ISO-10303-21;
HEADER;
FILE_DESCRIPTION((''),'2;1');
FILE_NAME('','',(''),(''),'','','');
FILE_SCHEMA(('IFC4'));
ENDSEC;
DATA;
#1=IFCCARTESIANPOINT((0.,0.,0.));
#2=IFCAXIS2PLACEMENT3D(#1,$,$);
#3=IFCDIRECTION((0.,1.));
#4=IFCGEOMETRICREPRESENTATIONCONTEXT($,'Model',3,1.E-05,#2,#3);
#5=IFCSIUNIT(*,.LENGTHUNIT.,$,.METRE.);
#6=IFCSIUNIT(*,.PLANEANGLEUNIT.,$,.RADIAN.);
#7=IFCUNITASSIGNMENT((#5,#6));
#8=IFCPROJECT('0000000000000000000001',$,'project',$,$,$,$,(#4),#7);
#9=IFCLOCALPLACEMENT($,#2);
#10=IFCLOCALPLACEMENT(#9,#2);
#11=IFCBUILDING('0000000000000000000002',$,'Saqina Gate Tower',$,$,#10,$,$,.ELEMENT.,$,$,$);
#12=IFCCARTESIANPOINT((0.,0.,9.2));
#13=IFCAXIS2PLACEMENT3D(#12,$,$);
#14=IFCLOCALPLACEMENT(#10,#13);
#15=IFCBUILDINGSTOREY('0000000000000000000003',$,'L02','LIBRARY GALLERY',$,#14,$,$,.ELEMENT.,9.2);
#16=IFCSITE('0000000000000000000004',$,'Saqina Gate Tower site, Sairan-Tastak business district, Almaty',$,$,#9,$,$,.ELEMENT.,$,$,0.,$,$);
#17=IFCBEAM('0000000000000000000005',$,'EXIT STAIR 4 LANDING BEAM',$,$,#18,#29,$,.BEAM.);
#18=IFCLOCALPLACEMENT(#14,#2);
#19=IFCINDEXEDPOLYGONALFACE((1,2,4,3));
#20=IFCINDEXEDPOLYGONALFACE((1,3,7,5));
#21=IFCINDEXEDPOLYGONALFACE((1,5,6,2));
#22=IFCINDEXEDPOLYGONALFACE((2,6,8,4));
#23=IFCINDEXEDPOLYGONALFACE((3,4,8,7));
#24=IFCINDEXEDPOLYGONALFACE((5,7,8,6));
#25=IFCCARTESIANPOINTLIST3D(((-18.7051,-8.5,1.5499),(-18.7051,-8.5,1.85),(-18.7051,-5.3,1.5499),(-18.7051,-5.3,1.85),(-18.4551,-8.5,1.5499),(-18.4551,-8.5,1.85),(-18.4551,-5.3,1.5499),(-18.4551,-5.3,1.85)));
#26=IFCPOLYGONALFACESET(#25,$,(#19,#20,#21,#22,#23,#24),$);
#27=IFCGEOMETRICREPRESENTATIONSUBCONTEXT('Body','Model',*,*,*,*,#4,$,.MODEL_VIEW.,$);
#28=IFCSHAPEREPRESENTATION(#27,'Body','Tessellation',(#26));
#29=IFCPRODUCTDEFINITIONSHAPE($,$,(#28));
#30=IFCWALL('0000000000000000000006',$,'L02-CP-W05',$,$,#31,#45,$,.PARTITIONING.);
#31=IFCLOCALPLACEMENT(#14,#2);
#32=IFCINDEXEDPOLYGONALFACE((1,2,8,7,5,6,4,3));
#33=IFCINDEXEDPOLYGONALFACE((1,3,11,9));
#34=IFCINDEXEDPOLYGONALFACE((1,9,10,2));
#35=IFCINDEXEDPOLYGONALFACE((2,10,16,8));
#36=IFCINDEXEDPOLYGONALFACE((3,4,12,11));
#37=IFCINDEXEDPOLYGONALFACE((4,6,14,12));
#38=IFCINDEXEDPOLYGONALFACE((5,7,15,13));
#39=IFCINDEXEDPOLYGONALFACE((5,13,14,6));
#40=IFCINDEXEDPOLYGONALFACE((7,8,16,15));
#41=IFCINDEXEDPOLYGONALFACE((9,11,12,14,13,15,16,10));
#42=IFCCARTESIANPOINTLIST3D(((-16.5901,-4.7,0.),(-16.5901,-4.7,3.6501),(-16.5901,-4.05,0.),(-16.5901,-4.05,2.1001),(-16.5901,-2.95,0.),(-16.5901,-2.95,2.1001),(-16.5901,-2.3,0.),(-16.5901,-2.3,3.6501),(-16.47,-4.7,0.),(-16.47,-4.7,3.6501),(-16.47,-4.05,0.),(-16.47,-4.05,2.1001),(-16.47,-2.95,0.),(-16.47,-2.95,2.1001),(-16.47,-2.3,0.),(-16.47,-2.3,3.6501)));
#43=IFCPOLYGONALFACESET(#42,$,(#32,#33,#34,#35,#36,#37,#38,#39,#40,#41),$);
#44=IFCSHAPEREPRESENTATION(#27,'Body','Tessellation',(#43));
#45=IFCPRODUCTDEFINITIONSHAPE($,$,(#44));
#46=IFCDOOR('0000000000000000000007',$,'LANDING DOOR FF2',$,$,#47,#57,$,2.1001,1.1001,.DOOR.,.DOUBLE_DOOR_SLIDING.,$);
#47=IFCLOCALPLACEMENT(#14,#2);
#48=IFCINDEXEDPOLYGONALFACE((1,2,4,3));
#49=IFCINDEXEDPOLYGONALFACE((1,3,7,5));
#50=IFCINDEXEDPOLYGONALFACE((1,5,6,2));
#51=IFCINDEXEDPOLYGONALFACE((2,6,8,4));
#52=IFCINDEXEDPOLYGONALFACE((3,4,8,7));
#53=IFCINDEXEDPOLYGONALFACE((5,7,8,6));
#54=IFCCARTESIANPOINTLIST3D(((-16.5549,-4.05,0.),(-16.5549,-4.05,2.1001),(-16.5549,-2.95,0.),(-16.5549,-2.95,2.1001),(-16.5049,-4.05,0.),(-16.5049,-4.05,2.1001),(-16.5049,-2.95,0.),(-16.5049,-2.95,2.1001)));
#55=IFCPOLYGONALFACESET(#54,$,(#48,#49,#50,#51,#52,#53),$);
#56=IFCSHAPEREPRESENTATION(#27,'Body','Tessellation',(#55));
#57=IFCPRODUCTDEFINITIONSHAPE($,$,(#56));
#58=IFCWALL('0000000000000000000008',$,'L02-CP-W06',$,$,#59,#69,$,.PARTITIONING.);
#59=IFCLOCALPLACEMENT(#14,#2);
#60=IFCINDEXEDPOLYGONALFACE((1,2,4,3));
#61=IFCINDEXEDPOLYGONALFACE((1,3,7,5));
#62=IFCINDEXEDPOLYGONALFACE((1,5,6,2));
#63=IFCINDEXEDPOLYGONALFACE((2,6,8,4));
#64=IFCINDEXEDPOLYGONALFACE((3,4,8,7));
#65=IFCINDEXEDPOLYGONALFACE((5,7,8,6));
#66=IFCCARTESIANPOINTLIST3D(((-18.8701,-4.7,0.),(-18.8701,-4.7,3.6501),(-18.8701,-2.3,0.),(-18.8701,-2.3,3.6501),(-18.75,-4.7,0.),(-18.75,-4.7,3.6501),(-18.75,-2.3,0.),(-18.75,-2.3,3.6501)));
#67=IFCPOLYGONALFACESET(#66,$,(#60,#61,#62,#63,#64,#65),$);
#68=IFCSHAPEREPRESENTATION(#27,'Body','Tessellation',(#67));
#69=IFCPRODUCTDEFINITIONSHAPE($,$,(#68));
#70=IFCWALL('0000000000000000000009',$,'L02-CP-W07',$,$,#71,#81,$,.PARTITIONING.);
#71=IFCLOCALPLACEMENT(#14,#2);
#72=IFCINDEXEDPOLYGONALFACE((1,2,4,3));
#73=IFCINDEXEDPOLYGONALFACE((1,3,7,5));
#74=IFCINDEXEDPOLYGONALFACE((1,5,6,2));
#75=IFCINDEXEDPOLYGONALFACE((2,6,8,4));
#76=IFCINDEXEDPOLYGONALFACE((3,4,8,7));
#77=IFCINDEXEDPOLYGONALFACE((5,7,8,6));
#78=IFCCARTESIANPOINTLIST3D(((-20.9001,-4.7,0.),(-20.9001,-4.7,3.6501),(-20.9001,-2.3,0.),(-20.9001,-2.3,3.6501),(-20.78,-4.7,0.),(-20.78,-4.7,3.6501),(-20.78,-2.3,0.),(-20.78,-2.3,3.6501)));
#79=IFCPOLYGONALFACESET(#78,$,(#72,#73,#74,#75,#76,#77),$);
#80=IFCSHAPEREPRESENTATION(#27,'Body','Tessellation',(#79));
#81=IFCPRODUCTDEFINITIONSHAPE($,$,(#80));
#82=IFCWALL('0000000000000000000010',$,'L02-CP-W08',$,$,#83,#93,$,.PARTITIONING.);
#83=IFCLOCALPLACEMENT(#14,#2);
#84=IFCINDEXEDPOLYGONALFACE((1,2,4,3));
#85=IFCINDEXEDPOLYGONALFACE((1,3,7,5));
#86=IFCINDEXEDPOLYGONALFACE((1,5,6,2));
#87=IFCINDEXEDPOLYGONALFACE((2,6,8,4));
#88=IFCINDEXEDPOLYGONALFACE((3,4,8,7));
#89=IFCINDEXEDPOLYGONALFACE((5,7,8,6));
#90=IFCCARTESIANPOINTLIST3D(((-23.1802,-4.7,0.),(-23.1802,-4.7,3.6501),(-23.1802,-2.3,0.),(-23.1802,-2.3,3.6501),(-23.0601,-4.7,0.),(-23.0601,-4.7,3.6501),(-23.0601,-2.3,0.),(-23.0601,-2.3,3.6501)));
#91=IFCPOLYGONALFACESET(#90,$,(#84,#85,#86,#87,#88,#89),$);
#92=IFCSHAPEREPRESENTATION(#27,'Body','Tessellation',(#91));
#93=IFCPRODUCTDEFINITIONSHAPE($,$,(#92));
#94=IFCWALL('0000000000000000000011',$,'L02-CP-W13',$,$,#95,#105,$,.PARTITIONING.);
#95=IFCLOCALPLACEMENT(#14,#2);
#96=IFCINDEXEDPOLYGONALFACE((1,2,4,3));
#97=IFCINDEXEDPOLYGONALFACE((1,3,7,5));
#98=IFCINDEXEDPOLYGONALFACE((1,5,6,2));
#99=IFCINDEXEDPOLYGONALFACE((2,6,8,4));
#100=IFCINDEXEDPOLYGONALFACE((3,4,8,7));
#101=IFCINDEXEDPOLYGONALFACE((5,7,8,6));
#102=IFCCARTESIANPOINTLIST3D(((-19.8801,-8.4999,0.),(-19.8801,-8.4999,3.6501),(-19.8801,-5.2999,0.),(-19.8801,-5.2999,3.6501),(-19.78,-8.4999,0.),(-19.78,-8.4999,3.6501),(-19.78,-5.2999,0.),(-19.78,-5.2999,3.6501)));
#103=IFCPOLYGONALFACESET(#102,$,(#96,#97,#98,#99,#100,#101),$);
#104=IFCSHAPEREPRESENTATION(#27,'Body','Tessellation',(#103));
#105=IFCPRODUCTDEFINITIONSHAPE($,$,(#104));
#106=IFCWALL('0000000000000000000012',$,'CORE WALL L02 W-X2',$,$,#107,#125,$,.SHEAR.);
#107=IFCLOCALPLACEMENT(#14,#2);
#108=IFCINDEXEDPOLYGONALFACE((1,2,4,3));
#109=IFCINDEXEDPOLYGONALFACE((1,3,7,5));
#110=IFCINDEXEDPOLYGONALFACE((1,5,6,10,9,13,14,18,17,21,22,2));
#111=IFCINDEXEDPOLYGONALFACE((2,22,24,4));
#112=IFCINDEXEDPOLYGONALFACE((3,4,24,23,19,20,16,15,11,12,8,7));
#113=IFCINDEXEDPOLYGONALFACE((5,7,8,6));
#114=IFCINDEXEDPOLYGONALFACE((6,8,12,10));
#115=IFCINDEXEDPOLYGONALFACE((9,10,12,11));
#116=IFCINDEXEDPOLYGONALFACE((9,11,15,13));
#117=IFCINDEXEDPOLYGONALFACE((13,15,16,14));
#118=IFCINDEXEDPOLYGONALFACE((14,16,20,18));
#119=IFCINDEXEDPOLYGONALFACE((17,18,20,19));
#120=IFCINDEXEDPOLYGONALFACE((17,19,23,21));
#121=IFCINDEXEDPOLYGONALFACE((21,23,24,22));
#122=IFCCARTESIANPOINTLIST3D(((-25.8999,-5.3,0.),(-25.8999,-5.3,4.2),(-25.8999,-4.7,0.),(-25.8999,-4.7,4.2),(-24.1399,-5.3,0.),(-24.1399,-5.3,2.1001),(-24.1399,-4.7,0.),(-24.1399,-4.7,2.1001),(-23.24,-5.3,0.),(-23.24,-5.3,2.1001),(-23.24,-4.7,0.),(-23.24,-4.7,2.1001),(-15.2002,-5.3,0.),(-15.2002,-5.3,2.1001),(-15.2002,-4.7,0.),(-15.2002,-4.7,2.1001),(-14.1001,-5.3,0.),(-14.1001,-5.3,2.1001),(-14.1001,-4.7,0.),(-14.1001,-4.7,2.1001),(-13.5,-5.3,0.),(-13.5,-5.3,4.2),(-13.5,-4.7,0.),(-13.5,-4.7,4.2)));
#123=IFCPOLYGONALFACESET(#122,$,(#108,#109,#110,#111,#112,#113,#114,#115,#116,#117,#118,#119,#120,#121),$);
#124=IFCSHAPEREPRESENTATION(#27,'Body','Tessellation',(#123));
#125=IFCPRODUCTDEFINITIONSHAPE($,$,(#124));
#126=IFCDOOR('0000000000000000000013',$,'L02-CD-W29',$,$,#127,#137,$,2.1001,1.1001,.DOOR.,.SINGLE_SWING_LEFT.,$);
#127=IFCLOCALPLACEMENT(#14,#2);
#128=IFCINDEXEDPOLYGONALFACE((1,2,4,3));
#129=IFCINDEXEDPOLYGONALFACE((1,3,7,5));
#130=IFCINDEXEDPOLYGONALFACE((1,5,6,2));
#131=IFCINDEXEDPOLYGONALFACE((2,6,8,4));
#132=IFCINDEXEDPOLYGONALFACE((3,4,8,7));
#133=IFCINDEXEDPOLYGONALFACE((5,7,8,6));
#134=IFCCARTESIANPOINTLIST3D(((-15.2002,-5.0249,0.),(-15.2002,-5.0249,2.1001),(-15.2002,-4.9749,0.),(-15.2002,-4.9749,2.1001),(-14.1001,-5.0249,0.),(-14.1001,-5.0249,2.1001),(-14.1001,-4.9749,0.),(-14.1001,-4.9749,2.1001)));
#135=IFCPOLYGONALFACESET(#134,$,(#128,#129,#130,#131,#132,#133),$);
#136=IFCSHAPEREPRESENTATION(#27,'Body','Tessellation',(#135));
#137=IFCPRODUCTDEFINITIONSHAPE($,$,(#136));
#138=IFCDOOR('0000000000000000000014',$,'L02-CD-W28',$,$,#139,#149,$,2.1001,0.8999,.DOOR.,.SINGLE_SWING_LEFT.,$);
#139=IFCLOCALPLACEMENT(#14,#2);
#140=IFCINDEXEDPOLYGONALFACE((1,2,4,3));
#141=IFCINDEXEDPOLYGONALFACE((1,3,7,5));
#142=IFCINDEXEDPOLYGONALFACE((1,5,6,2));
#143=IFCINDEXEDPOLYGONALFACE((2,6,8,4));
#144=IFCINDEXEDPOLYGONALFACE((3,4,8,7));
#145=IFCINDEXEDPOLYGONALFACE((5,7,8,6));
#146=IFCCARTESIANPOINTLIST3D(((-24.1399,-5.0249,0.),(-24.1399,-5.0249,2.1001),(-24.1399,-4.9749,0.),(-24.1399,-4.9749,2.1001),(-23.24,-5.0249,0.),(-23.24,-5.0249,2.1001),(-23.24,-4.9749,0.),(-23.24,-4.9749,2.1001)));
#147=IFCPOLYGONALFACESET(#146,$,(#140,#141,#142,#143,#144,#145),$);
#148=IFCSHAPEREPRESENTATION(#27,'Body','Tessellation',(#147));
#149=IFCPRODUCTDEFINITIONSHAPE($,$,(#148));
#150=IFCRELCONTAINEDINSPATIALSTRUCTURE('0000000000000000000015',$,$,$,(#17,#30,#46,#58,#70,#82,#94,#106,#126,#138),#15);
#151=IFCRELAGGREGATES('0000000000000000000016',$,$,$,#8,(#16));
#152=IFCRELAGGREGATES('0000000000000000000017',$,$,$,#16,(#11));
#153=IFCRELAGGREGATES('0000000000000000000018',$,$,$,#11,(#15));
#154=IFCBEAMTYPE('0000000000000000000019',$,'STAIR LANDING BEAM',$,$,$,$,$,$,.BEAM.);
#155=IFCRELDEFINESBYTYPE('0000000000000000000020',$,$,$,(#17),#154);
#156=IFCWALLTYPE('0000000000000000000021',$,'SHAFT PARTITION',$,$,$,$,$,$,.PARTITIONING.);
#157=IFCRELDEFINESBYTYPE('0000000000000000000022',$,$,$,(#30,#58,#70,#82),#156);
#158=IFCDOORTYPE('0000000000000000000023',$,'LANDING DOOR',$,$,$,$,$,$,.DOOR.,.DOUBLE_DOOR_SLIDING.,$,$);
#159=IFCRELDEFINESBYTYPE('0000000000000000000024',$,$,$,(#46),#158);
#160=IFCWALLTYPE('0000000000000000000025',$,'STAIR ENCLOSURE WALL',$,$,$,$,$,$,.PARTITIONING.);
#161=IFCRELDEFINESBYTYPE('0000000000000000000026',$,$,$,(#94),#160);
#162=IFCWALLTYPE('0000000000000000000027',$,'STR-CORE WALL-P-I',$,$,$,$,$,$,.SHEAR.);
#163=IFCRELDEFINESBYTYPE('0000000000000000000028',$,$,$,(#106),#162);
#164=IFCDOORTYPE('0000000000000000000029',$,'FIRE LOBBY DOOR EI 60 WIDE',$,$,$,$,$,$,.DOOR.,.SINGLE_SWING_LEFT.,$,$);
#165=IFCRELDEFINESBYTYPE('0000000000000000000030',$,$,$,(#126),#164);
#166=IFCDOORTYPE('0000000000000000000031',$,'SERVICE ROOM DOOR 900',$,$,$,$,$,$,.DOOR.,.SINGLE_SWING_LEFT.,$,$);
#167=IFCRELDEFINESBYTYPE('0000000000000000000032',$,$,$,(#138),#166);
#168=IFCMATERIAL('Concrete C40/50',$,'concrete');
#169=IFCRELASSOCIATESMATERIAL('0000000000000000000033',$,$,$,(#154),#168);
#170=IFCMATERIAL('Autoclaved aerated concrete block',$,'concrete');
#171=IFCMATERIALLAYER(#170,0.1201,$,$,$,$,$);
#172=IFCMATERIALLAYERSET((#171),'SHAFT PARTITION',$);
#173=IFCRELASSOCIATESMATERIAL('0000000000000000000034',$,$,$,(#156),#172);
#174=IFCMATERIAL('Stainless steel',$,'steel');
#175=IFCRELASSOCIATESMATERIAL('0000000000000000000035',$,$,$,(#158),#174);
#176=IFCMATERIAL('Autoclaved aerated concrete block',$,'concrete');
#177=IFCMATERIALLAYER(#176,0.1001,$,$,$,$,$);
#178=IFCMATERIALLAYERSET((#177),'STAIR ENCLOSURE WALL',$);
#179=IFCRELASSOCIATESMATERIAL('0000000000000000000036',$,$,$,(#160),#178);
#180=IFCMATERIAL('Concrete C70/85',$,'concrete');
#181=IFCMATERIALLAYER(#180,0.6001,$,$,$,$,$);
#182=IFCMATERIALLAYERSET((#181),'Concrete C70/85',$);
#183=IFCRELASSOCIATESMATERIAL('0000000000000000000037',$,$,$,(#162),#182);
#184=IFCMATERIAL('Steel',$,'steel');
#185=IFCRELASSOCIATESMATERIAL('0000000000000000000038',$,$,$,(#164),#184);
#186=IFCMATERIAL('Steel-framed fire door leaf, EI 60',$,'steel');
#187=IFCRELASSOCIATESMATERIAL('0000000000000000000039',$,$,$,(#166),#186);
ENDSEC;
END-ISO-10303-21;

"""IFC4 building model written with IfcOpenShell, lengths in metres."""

from ifc_helpers import new_model, si_unit, direction, frame, frame_2d, origin, origin_2d, place, context, subcontext, project, spatial, rectangle, extrude, material, layer, layer_set, material_profile, profile_set, type_object, element, fill, save


model = new_model("IFC4")

# Units and contexts
model_context = context("Model", 3, precision=1e-05, world=origin(), true_north=direction((0.0, 1.0)))
body_context = subcontext(model_context, "Body", "Model", "MODEL_VIEW")
ifc_project = project(units=[si_unit("LENGTHUNIT", "METRE"), si_unit("PLANEANGLEUNIT", "RADIAN")], contexts=[model_context])

# Site, building, storey
site_placement = place(None, origin())
site = spatial("IfcSite", under=ifc_project, at=site_placement, Name="Saqina Gate Tower site, Sairan-Tastak business district, Almaty", CompositionType="ELEMENT", RefElevation=0.0)
building_placement = place(site_placement, origin())
building = spatial("IfcBuilding", under=site, at=building_placement, Name="Saqina Gate Tower", CompositionType="ELEMENT")
storey_placement = place(building_placement, frame((0.0, 0.0, 9.2)))
storey = spatial("IfcBuildingStorey", under=building, at=storey_placement, Name="L02", Description="LIBRARY GALLERY", CompositionType="ELEMENT", Elevation=9.2)

# Beam
ifc_material_1 = material(Name="Concrete C40/50", Category="concrete")
ifc_material_profile = material_profile(ifc_material_1, rectangle(XDim=0.25, YDim=0.3, at=origin_2d()), Name="STAIR LANDING BEAM")
ifc_profile_set = profile_set([ifc_material_profile], Name="Concrete C40/50")
beam_type = type_object("IfcBeamType", Name="STAIR LANDING BEAM", PredefinedType="BEAM", material=ifc_profile_set)
beam_placement = place(storey_placement, frame((-18.5801, -8.5, 1.7), z_axis=(0.0, 1.0, 0.0), x_axis=(-1.0, 0.0, 0.0)))
element("IfcBeam", 1, at=beam_placement, inside=storey, type_object=beam_type, Name="EXIT STAIR 4 LANDING BEAM", PredefinedType="BEAM", context=body_context, shape_type="SweptSolid", body=[
    extrude(rectangle(XDim=0.25, YDim=0.3, at=origin_2d()), origin(), (0.0, 0.0, 1.0), 3.2),
])

# Wall, opening, door
ifc_material_2 = material(Name="Autoclaved aerated concrete block", Category="concrete")
ifc_layer_1 = layer(ifc_material_2, 0.1201)
ifc_layer_set_1 = layer_set([ifc_layer_1], Name="SHAFT PARTITION")
wall_type_1 = type_object("IfcWallType", Name="SHAFT PARTITION", PredefinedType="PARTITIONING", material=ifc_layer_set_1)
wall_1_placement = place(storey_placement, frame((-16.53, -4.7, 0.0), z_axis=(0.0, 0.0, 1.0), x_axis=(0.0, 1.0, 0.0)))
wall_1 = element("IfcWall", 2, at=wall_1_placement, inside=storey, type_object=wall_type_1, Name="L02-CP-W05", PredefinedType="PARTITIONING", context=body_context, shape_type="SweptSolid", body=[
    extrude(rectangle(XDim=2.3999, YDim=0.1201, at=frame_2d((1.2, 0.0))), origin(), (0.0, 0.0, 1.0), 3.6501),
])
opening_1_placement = place(wall_1_placement, frame((0.6499, 0.0, 0.0)))
opening_1 = element("IfcOpeningElement", 3, at=opening_1_placement, cuts=wall_1, PredefinedType="OPENING", context=body_context, shape_type="SweptSolid", body=[
    extrude(rectangle(XDim=1.1001, YDim=2.1001, at=frame_2d((0.55, 1.05))), frame((0.0, 0.072, 0.0), z_axis=(0.0, -1.0, 0.0), x_axis=(1.0, 0.0, 0.0)), (0.0, 0.0, 1.0), 0.144),
])
ifc_material_3 = material(Name="Stainless steel", Category="steel")
door_type_1 = type_object("IfcDoorType", Name="LANDING DOOR", OperationType="DOUBLE_DOOR_SLIDING", PredefinedType="DOOR", material=ifc_material_3)
door_1_placement = place(opening_1_placement, origin())
door_1 = element("IfcDoor", 4, at=door_1_placement, inside=storey, type_object=door_type_1, Name="LANDING DOOR FF2", OperationType="DOUBLE_DOOR_SLIDING", OverallHeight=2.1001, OverallWidth=1.1001, PredefinedType="DOOR", context=body_context, shape_type="SweptSolid", body=[
    extrude(rectangle(XDim=1.1001, YDim=2.1001, at=frame_2d((0.55, 1.05))), frame((0.0, 0.0249, 0.0), z_axis=(0.0, -1.0, 0.0), x_axis=(1.0, 0.0, 0.0)), (0.0, 0.0, 1.0), 0.05),
])
fill(opening_1, door_1)

# Walls
for number, where, z_axis, x_axis, name in (
    (5, (-18.8101, -4.7, 0.0), (0.0, 0.0, 1.0), (0.0, 1.0, 0.0), "L02-CP-W06"),
    (6, (-20.8401, -4.7, 0.0), (0.0, 0.0, 1.0), (0.0, 1.0, 0.0), "L02-CP-W07"),
    (7, (-23.1201, -4.7, 0.0), (0.0, 0.0, 1.0), (0.0, 1.0, 0.0), "L02-CP-W08"),
):
    element("IfcWall", number, at=place(storey_placement, frame(where, z_axis=z_axis, x_axis=x_axis)), inside=storey, type_object=wall_type_1, Name=name, PredefinedType="PARTITIONING", context=body_context, shape_type="SweptSolid", body=[
        extrude(rectangle(XDim=2.3999, YDim=0.1201, at=frame_2d((1.2, 0.0))), origin(), (0.0, 0.0, 1.0), 3.6501),
    ])
ifc_material_4 = material(Name="Autoclaved aerated concrete block", Category="concrete")
ifc_layer_2 = layer(ifc_material_4, 0.1001)
ifc_layer_set_2 = layer_set([ifc_layer_2], Name="STAIR ENCLOSURE WALL")
wall_type_2 = type_object("IfcWallType", Name="STAIR ENCLOSURE WALL", PredefinedType="PARTITIONING", material=ifc_layer_set_2)
wall_2_placement = place(storey_placement, frame((-19.8301, -8.5, 0.0), z_axis=(0.0, 0.0, 1.0), x_axis=(0.0, 1.0, 0.0)))
element("IfcWall", 8, at=wall_2_placement, inside=storey, type_object=wall_type_2, Name="L02-CP-W13", PredefinedType="PARTITIONING", context=body_context, shape_type="SweptSolid", body=[
    extrude(rectangle(XDim=3.2, YDim=0.1001, at=frame_2d((1.6001, 0.0))), origin(), (0.0, 0.0, 1.0), 3.6501),
])

# Wall, openings, doors
ifc_material_5 = material(Name="Concrete C70/85", Category="concrete")
ifc_layer_3 = layer(ifc_material_5, 0.6001)
ifc_layer_set_3 = layer_set([ifc_layer_3], Name="Concrete C70/85")
wall_type_3 = type_object("IfcWallType", Name="STR-CORE WALL-P-I", PredefinedType="SHEAR", material=ifc_layer_set_3)
wall_3_placement = place(storey_placement, frame((-13.5, -5.0, 0.0), z_axis=(0.0, 0.0, 1.0), x_axis=(-1.0, 0.0, 0.0)))
wall_3 = element("IfcWall", 9, at=wall_3_placement, inside=storey, type_object=wall_type_3, Name="CORE WALL L02 W-X2", PredefinedType="SHEAR", context=body_context, shape_type="SweptSolid", body=[
    extrude(rectangle(XDim=12.3999, YDim=0.6001, at=frame_2d((6.2, 0.0))), origin(), (0.0, 0.0, 1.0), 4.2),
])
opening_2_placement = place(wall_3_placement, frame((9.74, 0.0, 0.0)))
opening_2 = element("IfcOpeningElement", 10, at=opening_2_placement, cuts=wall_3, PredefinedType="OPENING", context=body_context, shape_type="SweptSolid", body=[
    extrude(rectangle(XDim=0.8999, YDim=2.1001, at=frame_2d((0.45, 1.05))), frame((0.0, 0.312, 0.0), z_axis=(0.0, -1.0, 0.0), x_axis=(1.0, 0.0, 0.0)), (0.0, 0.0, 1.0), 0.624),
])
opening_3_placement = place(wall_3_placement, frame((0.6001, 0.0, 0.0)))
opening_3 = element("IfcOpeningElement", 11, at=opening_3_placement, cuts=wall_3, PredefinedType="OPENING", context=body_context, shape_type="SweptSolid", body=[
    extrude(rectangle(XDim=1.1001, YDim=2.1001, at=frame_2d((0.55, 1.05))), frame((0.0, 0.312, 0.0), z_axis=(0.0, -1.0, 0.0), x_axis=(1.0, 0.0, 0.0)), (0.0, 0.0, 1.0), 0.624),
])
ifc_material_6 = material(Name="Steel", Category="steel")
door_type_2 = type_object("IfcDoorType", Name="FIRE LOBBY DOOR EI 60 WIDE", OperationType="SINGLE_SWING_LEFT", PredefinedType="DOOR", material=ifc_material_6)
door_2_placement = place(opening_3_placement, origin())
door_2 = element("IfcDoor", 12, at=door_2_placement, inside=storey, type_object=door_type_2, Name="L02-CD-W29", OperationType="SINGLE_SWING_LEFT", OverallHeight=2.1001, OverallWidth=1.1001, PredefinedType="DOOR", context=body_context, shape_type="SweptSolid", body=[
    extrude(rectangle(XDim=1.1001, YDim=2.1001, at=frame_2d((0.55, 1.05))), frame((0.0, 0.0249, 0.0), z_axis=(0.0, -1.0, 0.0), x_axis=(1.0, 0.0, 0.0)), (0.0, 0.0, 1.0), 0.05),
])
fill(opening_3, door_2)
ifc_material_7 = material(Name="Steel-framed fire door leaf, EI 60", Category="steel")
door_type_3 = type_object("IfcDoorType", Name="SERVICE ROOM DOOR 900", OperationType="SINGLE_SWING_LEFT", PredefinedType="DOOR", material=ifc_material_7)
door_3_placement = place(opening_2_placement, origin())
door_3 = element("IfcDoor", 13, at=door_3_placement, inside=storey, type_object=door_type_3, Name="L02-CD-W28", OperationType="SINGLE_SWING_LEFT", OverallHeight=2.1001, OverallWidth=0.8999, PredefinedType="DOOR", context=body_context, shape_type="SweptSolid", body=[
    extrude(rectangle(XDim=0.8999, YDim=2.1001, at=frame_2d((0.45, 1.05))), frame((0.0, 0.0249, 0.0), z_axis=(0.0, -1.0, 0.0), x_axis=(1.0, 0.0, 0.0)), (0.0, 0.0, 1.0), 0.05),
])
fill(opening_2, door_3)

save(model, "model.ifc")
